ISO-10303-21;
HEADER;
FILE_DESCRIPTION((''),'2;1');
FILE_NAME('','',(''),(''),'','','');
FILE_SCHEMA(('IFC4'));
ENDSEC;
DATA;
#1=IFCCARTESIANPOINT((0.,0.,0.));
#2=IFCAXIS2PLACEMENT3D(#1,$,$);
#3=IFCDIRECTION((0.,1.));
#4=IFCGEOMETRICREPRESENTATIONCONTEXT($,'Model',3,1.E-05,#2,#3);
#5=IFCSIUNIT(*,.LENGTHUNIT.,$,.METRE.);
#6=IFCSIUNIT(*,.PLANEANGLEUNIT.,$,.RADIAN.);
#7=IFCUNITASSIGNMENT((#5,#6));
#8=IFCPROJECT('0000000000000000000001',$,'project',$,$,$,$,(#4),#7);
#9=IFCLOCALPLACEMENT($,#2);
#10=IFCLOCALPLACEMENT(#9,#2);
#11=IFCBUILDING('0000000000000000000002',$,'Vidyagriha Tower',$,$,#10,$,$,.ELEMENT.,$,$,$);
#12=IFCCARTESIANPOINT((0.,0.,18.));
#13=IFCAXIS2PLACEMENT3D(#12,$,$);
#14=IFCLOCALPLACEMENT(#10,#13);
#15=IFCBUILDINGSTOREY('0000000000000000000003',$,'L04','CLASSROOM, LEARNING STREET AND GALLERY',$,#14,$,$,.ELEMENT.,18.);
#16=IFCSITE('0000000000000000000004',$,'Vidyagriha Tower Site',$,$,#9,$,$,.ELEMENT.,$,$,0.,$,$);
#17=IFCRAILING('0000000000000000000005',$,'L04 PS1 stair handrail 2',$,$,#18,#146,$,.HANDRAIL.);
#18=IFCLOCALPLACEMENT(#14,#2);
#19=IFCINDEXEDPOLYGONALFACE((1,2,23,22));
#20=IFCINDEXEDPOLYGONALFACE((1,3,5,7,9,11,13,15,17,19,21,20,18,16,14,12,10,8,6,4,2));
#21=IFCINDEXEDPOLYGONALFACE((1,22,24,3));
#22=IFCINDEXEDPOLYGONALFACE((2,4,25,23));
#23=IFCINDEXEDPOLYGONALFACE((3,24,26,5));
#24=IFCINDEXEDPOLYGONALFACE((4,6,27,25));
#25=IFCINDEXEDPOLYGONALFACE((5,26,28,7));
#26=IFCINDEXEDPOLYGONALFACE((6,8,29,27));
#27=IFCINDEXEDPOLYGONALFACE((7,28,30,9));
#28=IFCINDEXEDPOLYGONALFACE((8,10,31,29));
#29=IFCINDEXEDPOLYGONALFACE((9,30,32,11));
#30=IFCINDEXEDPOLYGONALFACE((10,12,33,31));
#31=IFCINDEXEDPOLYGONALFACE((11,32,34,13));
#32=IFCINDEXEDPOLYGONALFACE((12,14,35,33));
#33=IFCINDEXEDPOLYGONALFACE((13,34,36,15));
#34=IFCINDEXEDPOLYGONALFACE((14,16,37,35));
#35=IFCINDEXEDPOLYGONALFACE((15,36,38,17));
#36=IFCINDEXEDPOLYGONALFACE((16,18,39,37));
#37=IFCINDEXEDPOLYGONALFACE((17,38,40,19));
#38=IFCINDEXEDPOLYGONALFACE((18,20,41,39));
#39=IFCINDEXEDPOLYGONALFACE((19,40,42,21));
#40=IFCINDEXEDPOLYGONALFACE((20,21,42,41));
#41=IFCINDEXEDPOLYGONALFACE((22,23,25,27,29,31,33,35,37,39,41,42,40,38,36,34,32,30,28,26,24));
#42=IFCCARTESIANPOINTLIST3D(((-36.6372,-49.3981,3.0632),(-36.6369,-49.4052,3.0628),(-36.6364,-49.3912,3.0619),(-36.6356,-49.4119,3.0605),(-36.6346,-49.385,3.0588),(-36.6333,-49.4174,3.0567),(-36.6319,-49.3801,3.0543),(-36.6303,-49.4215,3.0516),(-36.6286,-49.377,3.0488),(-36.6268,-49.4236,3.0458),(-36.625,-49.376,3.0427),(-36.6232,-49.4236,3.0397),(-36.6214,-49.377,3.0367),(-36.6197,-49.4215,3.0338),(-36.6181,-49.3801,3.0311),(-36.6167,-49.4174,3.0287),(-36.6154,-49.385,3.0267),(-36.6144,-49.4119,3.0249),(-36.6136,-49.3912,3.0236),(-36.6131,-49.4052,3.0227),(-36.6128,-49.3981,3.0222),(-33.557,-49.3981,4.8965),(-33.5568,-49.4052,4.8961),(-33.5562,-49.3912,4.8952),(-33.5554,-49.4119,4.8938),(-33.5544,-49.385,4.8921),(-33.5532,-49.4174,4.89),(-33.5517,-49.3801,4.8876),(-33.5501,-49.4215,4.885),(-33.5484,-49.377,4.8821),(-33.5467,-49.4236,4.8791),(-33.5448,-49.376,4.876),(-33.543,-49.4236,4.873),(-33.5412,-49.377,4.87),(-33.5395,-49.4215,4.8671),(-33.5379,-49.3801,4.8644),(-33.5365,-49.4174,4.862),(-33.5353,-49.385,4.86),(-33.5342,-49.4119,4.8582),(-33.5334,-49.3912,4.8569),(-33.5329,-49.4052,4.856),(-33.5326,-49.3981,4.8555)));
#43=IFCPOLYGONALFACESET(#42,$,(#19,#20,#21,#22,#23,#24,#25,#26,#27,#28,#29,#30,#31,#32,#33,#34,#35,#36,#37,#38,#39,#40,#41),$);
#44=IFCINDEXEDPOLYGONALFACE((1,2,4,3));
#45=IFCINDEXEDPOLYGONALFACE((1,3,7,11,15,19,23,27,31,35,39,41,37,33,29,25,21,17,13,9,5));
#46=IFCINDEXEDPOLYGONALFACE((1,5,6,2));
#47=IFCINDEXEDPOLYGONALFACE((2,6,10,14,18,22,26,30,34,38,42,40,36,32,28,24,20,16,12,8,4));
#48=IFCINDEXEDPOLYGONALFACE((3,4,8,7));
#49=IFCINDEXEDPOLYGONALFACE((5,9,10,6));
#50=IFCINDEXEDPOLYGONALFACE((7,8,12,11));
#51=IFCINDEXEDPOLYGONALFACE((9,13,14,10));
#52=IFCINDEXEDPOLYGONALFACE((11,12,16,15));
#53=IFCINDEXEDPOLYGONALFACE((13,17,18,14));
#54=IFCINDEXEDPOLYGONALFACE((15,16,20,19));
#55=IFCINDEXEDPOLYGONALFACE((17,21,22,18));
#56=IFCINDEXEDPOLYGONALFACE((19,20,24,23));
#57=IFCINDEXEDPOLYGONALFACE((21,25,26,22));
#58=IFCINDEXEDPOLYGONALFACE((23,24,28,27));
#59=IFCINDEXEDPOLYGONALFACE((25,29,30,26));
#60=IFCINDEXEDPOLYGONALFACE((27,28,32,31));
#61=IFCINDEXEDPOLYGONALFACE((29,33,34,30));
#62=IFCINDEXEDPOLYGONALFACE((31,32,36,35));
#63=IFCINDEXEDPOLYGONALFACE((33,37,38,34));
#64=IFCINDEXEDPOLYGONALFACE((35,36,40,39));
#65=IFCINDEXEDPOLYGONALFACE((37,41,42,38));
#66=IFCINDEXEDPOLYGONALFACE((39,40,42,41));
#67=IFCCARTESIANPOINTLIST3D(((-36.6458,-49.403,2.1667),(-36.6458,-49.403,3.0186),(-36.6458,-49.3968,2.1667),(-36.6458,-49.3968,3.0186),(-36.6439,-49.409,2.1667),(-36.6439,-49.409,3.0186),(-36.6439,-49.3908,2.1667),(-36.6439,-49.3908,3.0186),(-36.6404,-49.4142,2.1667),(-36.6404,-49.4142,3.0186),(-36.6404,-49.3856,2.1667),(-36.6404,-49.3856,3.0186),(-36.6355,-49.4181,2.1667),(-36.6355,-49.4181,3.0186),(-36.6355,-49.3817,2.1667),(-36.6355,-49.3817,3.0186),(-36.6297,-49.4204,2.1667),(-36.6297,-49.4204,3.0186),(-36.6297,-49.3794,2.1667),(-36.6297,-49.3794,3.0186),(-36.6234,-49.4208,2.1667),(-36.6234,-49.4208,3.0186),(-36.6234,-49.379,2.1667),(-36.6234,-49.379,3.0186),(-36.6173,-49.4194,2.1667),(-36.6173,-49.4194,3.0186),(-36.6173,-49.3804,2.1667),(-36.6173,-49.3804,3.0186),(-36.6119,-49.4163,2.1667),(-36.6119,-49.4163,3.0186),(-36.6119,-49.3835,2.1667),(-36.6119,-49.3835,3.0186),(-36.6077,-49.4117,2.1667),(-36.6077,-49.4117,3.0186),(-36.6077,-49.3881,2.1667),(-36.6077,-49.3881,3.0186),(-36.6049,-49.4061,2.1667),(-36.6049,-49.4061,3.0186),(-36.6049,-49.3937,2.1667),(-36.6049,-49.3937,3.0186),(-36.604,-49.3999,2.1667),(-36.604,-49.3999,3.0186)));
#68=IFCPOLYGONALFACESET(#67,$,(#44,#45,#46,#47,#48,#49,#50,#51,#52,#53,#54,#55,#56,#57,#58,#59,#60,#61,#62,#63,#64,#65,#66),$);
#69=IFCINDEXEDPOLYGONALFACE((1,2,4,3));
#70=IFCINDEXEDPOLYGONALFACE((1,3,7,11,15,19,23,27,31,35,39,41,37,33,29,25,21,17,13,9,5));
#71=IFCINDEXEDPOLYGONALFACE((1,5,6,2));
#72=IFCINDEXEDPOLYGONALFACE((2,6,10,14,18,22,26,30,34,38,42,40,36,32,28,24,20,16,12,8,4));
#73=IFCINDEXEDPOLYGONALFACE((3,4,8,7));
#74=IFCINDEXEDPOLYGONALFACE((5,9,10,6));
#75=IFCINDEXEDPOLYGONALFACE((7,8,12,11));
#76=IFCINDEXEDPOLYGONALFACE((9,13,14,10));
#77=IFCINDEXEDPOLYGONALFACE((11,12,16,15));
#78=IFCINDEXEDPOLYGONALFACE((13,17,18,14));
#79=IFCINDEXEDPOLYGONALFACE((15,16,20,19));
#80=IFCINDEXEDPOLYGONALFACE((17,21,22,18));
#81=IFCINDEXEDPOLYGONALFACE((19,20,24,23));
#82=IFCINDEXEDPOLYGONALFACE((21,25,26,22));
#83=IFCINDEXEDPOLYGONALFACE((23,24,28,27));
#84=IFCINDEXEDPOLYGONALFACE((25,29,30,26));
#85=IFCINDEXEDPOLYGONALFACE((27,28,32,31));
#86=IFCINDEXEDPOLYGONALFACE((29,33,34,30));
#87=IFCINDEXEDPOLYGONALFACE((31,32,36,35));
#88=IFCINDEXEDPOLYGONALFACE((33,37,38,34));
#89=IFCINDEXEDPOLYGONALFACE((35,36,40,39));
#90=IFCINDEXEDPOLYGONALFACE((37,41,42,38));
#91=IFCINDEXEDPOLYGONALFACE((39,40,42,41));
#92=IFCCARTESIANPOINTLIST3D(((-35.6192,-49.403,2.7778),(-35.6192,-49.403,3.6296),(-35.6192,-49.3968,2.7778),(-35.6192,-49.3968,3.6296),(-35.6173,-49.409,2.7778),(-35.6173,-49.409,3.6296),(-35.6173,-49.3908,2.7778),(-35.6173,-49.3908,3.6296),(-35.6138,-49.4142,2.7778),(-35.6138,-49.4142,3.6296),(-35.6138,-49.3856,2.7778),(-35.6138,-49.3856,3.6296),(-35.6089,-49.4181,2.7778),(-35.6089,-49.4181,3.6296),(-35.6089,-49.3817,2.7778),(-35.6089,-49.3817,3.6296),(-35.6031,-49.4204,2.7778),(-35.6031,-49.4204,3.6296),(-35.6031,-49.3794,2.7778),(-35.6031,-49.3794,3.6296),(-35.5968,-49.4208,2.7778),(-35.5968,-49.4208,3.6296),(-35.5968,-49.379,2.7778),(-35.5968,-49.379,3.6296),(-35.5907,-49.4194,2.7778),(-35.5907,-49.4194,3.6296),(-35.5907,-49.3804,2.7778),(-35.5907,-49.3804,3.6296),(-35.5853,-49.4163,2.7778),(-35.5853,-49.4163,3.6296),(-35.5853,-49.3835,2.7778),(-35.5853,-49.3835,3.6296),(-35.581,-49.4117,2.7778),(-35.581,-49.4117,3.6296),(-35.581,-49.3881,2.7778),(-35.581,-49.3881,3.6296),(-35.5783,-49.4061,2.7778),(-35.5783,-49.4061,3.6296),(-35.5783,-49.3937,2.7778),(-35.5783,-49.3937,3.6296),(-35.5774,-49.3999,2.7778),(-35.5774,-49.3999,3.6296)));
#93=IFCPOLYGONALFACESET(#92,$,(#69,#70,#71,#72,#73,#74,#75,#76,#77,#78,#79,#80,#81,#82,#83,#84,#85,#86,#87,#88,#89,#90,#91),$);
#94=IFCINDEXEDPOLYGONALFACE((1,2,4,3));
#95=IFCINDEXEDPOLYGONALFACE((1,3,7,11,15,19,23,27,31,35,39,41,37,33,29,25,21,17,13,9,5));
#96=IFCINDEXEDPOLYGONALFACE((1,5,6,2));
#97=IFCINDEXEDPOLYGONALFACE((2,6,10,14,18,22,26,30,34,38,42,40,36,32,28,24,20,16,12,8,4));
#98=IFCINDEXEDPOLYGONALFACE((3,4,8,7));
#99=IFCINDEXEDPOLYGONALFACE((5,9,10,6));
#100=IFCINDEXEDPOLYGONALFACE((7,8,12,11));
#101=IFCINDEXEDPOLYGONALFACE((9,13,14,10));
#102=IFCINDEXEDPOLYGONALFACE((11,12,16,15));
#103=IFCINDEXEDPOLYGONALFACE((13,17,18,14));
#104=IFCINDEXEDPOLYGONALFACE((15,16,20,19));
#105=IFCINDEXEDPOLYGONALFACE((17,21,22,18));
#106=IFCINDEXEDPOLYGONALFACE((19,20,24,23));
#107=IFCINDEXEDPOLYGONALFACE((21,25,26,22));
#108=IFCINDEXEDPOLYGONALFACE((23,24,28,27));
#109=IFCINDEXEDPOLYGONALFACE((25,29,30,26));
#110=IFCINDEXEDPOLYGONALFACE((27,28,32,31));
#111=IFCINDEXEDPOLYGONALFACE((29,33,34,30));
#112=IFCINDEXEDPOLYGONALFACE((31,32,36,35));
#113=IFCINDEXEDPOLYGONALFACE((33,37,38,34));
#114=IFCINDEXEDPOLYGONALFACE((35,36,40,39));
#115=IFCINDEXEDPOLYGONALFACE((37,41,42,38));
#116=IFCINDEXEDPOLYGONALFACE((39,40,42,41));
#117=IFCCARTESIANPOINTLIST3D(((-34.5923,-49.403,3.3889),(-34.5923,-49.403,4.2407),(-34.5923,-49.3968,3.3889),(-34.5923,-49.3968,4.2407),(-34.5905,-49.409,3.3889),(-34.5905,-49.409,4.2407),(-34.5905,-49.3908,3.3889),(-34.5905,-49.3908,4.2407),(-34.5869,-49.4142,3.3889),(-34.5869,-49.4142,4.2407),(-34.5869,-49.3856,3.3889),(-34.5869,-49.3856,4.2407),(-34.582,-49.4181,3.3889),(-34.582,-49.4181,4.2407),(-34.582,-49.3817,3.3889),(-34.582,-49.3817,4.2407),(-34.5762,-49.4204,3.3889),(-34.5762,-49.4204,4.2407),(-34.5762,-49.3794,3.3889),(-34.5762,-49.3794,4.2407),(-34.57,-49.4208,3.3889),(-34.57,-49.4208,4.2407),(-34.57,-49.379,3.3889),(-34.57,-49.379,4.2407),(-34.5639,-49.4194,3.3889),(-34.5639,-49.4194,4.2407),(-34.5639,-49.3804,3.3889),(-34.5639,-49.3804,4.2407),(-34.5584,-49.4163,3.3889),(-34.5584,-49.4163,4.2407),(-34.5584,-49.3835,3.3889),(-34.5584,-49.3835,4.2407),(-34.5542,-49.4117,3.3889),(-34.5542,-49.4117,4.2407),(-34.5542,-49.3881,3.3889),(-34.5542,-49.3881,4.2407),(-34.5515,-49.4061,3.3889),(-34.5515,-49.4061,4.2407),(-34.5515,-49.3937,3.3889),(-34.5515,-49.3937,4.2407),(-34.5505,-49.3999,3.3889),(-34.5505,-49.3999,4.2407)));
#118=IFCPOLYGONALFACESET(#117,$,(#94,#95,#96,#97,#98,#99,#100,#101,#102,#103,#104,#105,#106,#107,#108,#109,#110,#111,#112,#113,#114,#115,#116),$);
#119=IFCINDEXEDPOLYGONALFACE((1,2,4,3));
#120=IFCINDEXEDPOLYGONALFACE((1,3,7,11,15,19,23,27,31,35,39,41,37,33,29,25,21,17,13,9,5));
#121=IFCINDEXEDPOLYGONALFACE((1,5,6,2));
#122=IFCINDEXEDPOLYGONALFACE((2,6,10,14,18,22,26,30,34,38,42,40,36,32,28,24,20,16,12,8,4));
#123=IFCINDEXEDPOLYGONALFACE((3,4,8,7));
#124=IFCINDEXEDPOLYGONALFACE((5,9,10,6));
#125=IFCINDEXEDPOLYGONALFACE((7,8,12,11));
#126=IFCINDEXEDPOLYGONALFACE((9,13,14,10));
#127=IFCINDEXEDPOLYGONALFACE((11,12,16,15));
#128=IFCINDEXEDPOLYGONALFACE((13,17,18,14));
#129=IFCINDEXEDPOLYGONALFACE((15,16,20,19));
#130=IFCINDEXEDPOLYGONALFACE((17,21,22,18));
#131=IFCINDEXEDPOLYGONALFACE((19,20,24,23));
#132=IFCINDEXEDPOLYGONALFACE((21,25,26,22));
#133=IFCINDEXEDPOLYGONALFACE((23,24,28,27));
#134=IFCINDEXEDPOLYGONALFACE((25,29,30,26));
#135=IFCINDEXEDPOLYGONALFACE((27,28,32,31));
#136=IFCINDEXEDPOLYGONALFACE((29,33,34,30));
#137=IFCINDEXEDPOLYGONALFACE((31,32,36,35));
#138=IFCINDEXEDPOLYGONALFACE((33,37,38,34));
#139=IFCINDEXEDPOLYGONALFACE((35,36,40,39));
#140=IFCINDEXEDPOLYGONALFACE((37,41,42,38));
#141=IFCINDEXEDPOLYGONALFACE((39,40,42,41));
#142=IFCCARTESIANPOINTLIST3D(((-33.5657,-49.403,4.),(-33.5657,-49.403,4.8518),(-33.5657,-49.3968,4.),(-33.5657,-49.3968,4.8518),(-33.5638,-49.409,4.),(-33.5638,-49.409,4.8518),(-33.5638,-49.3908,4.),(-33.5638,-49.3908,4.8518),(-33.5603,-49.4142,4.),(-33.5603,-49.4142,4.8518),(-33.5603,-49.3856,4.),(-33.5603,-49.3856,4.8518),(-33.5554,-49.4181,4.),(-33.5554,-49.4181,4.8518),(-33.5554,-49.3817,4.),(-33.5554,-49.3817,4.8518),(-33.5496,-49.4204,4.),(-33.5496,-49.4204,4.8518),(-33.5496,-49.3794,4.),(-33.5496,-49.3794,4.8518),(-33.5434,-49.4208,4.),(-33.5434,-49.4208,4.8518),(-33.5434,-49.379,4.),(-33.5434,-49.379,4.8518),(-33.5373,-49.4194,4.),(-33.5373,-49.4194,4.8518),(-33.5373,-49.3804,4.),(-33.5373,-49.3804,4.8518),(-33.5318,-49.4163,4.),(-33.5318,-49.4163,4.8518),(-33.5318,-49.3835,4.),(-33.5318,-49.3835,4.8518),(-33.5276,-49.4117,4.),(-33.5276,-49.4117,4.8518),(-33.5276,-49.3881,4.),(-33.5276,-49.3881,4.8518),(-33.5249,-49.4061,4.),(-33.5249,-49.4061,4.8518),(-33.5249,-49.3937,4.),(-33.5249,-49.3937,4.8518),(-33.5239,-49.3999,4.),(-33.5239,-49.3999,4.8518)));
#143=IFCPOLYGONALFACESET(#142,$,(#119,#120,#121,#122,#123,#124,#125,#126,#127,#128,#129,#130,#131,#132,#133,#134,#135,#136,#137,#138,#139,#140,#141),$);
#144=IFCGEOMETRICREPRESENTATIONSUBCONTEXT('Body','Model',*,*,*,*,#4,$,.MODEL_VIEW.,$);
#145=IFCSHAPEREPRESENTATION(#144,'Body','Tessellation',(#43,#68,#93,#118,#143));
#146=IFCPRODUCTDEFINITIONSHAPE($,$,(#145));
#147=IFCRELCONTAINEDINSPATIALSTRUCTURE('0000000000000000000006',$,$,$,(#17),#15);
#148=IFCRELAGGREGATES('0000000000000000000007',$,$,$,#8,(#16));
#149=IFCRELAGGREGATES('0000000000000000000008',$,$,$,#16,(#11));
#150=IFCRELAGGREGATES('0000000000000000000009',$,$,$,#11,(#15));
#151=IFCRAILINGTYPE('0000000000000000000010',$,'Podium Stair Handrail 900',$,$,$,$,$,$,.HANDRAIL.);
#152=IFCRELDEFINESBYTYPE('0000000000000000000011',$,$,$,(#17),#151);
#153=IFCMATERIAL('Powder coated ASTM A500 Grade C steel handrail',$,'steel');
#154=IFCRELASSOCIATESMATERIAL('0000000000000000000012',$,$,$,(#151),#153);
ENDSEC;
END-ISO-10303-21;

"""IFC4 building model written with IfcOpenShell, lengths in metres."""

from ifc_helpers import new_model, si_unit, direction, frame, origin, origin_2d, place, context, subcontext, project, spatial, circle, extrude, material, type_object, element, save


model = new_model("IFC4")

# Units and contexts
model_context = context("Model", 3, precision=1e-05, world=origin(), true_north=direction((0.0, 1.0)))
body_context = subcontext(model_context, "Body", "Model", "MODEL_VIEW")
ifc_project = project(units=[si_unit("LENGTHUNIT", "METRE"), si_unit("PLANEANGLEUNIT", "RADIAN")], contexts=[model_context])

# Site, building, storey
site_placement = place(None, origin())
site = spatial("IfcSite", under=ifc_project, at=site_placement, Name="Vidyagriha Tower Site", CompositionType="ELEMENT", RefElevation=0.0)
building_placement = place(site_placement, origin())
building = spatial("IfcBuilding", under=site, at=building_placement, Name="Vidyagriha Tower", CompositionType="ELEMENT")
storey_placement = place(building_placement, frame((0.0, 0.0, 18.0)))
storey = spatial("IfcBuildingStorey", under=building, at=storey_placement, Name="L04", Description="CLASSROOM, LEARNING STREET AND GALLERY", CompositionType="ELEMENT", Elevation=18.0)

# Railing
ifc_material_1 = material(Name="Powder coated ASTM A500 Grade C steel handrail", Category="steel")
railing_type_1 = type_object("IfcRailingType", Name="Podium Stair Handrail 900", PredefinedType="HANDRAIL", material=ifc_material_1)
railing_1_placement = place(storey_placement, frame((-36.625, -49.3999, 2.1667)))
element("IfcRailing", 1, at=railing_1_placement, inside=storey, type_object=railing_type_1, Name="L04 PS1 stair handrail 2", PredefinedType="HANDRAIL", context=body_context, shape_type="SweptSolid", body=[
    extrude(circle(Radius=0.0239, at=origin_2d()), frame((0.0, 0.0, 0.876), z_axis=(0.859309, 0.0, 0.511458), x_axis=(0.0, 1.0, 0.0)), (0.0, 0.0, 1.0), 3.5845),
    extrude(circle(Radius=0.021, at=origin_2d()), origin(), (0.0, 0.0, 1.0), 0.8518),
    extrude(circle(Radius=0.021, at=origin_2d()), frame((1.0266, 0.0, 0.6111)), (0.0, 0.0, 1.0), 0.8518),
    extrude(circle(Radius=0.021, at=origin_2d()), frame((2.0535, 0.0, 1.2222)), (0.0, 0.0, 1.0), 0.8518),
    extrude(circle(Radius=0.021, at=origin_2d()), frame((3.0801, 0.0, 1.8333)), (0.0, 0.0, 1.0), 0.8518),
])

save(model, "model.ifc")
